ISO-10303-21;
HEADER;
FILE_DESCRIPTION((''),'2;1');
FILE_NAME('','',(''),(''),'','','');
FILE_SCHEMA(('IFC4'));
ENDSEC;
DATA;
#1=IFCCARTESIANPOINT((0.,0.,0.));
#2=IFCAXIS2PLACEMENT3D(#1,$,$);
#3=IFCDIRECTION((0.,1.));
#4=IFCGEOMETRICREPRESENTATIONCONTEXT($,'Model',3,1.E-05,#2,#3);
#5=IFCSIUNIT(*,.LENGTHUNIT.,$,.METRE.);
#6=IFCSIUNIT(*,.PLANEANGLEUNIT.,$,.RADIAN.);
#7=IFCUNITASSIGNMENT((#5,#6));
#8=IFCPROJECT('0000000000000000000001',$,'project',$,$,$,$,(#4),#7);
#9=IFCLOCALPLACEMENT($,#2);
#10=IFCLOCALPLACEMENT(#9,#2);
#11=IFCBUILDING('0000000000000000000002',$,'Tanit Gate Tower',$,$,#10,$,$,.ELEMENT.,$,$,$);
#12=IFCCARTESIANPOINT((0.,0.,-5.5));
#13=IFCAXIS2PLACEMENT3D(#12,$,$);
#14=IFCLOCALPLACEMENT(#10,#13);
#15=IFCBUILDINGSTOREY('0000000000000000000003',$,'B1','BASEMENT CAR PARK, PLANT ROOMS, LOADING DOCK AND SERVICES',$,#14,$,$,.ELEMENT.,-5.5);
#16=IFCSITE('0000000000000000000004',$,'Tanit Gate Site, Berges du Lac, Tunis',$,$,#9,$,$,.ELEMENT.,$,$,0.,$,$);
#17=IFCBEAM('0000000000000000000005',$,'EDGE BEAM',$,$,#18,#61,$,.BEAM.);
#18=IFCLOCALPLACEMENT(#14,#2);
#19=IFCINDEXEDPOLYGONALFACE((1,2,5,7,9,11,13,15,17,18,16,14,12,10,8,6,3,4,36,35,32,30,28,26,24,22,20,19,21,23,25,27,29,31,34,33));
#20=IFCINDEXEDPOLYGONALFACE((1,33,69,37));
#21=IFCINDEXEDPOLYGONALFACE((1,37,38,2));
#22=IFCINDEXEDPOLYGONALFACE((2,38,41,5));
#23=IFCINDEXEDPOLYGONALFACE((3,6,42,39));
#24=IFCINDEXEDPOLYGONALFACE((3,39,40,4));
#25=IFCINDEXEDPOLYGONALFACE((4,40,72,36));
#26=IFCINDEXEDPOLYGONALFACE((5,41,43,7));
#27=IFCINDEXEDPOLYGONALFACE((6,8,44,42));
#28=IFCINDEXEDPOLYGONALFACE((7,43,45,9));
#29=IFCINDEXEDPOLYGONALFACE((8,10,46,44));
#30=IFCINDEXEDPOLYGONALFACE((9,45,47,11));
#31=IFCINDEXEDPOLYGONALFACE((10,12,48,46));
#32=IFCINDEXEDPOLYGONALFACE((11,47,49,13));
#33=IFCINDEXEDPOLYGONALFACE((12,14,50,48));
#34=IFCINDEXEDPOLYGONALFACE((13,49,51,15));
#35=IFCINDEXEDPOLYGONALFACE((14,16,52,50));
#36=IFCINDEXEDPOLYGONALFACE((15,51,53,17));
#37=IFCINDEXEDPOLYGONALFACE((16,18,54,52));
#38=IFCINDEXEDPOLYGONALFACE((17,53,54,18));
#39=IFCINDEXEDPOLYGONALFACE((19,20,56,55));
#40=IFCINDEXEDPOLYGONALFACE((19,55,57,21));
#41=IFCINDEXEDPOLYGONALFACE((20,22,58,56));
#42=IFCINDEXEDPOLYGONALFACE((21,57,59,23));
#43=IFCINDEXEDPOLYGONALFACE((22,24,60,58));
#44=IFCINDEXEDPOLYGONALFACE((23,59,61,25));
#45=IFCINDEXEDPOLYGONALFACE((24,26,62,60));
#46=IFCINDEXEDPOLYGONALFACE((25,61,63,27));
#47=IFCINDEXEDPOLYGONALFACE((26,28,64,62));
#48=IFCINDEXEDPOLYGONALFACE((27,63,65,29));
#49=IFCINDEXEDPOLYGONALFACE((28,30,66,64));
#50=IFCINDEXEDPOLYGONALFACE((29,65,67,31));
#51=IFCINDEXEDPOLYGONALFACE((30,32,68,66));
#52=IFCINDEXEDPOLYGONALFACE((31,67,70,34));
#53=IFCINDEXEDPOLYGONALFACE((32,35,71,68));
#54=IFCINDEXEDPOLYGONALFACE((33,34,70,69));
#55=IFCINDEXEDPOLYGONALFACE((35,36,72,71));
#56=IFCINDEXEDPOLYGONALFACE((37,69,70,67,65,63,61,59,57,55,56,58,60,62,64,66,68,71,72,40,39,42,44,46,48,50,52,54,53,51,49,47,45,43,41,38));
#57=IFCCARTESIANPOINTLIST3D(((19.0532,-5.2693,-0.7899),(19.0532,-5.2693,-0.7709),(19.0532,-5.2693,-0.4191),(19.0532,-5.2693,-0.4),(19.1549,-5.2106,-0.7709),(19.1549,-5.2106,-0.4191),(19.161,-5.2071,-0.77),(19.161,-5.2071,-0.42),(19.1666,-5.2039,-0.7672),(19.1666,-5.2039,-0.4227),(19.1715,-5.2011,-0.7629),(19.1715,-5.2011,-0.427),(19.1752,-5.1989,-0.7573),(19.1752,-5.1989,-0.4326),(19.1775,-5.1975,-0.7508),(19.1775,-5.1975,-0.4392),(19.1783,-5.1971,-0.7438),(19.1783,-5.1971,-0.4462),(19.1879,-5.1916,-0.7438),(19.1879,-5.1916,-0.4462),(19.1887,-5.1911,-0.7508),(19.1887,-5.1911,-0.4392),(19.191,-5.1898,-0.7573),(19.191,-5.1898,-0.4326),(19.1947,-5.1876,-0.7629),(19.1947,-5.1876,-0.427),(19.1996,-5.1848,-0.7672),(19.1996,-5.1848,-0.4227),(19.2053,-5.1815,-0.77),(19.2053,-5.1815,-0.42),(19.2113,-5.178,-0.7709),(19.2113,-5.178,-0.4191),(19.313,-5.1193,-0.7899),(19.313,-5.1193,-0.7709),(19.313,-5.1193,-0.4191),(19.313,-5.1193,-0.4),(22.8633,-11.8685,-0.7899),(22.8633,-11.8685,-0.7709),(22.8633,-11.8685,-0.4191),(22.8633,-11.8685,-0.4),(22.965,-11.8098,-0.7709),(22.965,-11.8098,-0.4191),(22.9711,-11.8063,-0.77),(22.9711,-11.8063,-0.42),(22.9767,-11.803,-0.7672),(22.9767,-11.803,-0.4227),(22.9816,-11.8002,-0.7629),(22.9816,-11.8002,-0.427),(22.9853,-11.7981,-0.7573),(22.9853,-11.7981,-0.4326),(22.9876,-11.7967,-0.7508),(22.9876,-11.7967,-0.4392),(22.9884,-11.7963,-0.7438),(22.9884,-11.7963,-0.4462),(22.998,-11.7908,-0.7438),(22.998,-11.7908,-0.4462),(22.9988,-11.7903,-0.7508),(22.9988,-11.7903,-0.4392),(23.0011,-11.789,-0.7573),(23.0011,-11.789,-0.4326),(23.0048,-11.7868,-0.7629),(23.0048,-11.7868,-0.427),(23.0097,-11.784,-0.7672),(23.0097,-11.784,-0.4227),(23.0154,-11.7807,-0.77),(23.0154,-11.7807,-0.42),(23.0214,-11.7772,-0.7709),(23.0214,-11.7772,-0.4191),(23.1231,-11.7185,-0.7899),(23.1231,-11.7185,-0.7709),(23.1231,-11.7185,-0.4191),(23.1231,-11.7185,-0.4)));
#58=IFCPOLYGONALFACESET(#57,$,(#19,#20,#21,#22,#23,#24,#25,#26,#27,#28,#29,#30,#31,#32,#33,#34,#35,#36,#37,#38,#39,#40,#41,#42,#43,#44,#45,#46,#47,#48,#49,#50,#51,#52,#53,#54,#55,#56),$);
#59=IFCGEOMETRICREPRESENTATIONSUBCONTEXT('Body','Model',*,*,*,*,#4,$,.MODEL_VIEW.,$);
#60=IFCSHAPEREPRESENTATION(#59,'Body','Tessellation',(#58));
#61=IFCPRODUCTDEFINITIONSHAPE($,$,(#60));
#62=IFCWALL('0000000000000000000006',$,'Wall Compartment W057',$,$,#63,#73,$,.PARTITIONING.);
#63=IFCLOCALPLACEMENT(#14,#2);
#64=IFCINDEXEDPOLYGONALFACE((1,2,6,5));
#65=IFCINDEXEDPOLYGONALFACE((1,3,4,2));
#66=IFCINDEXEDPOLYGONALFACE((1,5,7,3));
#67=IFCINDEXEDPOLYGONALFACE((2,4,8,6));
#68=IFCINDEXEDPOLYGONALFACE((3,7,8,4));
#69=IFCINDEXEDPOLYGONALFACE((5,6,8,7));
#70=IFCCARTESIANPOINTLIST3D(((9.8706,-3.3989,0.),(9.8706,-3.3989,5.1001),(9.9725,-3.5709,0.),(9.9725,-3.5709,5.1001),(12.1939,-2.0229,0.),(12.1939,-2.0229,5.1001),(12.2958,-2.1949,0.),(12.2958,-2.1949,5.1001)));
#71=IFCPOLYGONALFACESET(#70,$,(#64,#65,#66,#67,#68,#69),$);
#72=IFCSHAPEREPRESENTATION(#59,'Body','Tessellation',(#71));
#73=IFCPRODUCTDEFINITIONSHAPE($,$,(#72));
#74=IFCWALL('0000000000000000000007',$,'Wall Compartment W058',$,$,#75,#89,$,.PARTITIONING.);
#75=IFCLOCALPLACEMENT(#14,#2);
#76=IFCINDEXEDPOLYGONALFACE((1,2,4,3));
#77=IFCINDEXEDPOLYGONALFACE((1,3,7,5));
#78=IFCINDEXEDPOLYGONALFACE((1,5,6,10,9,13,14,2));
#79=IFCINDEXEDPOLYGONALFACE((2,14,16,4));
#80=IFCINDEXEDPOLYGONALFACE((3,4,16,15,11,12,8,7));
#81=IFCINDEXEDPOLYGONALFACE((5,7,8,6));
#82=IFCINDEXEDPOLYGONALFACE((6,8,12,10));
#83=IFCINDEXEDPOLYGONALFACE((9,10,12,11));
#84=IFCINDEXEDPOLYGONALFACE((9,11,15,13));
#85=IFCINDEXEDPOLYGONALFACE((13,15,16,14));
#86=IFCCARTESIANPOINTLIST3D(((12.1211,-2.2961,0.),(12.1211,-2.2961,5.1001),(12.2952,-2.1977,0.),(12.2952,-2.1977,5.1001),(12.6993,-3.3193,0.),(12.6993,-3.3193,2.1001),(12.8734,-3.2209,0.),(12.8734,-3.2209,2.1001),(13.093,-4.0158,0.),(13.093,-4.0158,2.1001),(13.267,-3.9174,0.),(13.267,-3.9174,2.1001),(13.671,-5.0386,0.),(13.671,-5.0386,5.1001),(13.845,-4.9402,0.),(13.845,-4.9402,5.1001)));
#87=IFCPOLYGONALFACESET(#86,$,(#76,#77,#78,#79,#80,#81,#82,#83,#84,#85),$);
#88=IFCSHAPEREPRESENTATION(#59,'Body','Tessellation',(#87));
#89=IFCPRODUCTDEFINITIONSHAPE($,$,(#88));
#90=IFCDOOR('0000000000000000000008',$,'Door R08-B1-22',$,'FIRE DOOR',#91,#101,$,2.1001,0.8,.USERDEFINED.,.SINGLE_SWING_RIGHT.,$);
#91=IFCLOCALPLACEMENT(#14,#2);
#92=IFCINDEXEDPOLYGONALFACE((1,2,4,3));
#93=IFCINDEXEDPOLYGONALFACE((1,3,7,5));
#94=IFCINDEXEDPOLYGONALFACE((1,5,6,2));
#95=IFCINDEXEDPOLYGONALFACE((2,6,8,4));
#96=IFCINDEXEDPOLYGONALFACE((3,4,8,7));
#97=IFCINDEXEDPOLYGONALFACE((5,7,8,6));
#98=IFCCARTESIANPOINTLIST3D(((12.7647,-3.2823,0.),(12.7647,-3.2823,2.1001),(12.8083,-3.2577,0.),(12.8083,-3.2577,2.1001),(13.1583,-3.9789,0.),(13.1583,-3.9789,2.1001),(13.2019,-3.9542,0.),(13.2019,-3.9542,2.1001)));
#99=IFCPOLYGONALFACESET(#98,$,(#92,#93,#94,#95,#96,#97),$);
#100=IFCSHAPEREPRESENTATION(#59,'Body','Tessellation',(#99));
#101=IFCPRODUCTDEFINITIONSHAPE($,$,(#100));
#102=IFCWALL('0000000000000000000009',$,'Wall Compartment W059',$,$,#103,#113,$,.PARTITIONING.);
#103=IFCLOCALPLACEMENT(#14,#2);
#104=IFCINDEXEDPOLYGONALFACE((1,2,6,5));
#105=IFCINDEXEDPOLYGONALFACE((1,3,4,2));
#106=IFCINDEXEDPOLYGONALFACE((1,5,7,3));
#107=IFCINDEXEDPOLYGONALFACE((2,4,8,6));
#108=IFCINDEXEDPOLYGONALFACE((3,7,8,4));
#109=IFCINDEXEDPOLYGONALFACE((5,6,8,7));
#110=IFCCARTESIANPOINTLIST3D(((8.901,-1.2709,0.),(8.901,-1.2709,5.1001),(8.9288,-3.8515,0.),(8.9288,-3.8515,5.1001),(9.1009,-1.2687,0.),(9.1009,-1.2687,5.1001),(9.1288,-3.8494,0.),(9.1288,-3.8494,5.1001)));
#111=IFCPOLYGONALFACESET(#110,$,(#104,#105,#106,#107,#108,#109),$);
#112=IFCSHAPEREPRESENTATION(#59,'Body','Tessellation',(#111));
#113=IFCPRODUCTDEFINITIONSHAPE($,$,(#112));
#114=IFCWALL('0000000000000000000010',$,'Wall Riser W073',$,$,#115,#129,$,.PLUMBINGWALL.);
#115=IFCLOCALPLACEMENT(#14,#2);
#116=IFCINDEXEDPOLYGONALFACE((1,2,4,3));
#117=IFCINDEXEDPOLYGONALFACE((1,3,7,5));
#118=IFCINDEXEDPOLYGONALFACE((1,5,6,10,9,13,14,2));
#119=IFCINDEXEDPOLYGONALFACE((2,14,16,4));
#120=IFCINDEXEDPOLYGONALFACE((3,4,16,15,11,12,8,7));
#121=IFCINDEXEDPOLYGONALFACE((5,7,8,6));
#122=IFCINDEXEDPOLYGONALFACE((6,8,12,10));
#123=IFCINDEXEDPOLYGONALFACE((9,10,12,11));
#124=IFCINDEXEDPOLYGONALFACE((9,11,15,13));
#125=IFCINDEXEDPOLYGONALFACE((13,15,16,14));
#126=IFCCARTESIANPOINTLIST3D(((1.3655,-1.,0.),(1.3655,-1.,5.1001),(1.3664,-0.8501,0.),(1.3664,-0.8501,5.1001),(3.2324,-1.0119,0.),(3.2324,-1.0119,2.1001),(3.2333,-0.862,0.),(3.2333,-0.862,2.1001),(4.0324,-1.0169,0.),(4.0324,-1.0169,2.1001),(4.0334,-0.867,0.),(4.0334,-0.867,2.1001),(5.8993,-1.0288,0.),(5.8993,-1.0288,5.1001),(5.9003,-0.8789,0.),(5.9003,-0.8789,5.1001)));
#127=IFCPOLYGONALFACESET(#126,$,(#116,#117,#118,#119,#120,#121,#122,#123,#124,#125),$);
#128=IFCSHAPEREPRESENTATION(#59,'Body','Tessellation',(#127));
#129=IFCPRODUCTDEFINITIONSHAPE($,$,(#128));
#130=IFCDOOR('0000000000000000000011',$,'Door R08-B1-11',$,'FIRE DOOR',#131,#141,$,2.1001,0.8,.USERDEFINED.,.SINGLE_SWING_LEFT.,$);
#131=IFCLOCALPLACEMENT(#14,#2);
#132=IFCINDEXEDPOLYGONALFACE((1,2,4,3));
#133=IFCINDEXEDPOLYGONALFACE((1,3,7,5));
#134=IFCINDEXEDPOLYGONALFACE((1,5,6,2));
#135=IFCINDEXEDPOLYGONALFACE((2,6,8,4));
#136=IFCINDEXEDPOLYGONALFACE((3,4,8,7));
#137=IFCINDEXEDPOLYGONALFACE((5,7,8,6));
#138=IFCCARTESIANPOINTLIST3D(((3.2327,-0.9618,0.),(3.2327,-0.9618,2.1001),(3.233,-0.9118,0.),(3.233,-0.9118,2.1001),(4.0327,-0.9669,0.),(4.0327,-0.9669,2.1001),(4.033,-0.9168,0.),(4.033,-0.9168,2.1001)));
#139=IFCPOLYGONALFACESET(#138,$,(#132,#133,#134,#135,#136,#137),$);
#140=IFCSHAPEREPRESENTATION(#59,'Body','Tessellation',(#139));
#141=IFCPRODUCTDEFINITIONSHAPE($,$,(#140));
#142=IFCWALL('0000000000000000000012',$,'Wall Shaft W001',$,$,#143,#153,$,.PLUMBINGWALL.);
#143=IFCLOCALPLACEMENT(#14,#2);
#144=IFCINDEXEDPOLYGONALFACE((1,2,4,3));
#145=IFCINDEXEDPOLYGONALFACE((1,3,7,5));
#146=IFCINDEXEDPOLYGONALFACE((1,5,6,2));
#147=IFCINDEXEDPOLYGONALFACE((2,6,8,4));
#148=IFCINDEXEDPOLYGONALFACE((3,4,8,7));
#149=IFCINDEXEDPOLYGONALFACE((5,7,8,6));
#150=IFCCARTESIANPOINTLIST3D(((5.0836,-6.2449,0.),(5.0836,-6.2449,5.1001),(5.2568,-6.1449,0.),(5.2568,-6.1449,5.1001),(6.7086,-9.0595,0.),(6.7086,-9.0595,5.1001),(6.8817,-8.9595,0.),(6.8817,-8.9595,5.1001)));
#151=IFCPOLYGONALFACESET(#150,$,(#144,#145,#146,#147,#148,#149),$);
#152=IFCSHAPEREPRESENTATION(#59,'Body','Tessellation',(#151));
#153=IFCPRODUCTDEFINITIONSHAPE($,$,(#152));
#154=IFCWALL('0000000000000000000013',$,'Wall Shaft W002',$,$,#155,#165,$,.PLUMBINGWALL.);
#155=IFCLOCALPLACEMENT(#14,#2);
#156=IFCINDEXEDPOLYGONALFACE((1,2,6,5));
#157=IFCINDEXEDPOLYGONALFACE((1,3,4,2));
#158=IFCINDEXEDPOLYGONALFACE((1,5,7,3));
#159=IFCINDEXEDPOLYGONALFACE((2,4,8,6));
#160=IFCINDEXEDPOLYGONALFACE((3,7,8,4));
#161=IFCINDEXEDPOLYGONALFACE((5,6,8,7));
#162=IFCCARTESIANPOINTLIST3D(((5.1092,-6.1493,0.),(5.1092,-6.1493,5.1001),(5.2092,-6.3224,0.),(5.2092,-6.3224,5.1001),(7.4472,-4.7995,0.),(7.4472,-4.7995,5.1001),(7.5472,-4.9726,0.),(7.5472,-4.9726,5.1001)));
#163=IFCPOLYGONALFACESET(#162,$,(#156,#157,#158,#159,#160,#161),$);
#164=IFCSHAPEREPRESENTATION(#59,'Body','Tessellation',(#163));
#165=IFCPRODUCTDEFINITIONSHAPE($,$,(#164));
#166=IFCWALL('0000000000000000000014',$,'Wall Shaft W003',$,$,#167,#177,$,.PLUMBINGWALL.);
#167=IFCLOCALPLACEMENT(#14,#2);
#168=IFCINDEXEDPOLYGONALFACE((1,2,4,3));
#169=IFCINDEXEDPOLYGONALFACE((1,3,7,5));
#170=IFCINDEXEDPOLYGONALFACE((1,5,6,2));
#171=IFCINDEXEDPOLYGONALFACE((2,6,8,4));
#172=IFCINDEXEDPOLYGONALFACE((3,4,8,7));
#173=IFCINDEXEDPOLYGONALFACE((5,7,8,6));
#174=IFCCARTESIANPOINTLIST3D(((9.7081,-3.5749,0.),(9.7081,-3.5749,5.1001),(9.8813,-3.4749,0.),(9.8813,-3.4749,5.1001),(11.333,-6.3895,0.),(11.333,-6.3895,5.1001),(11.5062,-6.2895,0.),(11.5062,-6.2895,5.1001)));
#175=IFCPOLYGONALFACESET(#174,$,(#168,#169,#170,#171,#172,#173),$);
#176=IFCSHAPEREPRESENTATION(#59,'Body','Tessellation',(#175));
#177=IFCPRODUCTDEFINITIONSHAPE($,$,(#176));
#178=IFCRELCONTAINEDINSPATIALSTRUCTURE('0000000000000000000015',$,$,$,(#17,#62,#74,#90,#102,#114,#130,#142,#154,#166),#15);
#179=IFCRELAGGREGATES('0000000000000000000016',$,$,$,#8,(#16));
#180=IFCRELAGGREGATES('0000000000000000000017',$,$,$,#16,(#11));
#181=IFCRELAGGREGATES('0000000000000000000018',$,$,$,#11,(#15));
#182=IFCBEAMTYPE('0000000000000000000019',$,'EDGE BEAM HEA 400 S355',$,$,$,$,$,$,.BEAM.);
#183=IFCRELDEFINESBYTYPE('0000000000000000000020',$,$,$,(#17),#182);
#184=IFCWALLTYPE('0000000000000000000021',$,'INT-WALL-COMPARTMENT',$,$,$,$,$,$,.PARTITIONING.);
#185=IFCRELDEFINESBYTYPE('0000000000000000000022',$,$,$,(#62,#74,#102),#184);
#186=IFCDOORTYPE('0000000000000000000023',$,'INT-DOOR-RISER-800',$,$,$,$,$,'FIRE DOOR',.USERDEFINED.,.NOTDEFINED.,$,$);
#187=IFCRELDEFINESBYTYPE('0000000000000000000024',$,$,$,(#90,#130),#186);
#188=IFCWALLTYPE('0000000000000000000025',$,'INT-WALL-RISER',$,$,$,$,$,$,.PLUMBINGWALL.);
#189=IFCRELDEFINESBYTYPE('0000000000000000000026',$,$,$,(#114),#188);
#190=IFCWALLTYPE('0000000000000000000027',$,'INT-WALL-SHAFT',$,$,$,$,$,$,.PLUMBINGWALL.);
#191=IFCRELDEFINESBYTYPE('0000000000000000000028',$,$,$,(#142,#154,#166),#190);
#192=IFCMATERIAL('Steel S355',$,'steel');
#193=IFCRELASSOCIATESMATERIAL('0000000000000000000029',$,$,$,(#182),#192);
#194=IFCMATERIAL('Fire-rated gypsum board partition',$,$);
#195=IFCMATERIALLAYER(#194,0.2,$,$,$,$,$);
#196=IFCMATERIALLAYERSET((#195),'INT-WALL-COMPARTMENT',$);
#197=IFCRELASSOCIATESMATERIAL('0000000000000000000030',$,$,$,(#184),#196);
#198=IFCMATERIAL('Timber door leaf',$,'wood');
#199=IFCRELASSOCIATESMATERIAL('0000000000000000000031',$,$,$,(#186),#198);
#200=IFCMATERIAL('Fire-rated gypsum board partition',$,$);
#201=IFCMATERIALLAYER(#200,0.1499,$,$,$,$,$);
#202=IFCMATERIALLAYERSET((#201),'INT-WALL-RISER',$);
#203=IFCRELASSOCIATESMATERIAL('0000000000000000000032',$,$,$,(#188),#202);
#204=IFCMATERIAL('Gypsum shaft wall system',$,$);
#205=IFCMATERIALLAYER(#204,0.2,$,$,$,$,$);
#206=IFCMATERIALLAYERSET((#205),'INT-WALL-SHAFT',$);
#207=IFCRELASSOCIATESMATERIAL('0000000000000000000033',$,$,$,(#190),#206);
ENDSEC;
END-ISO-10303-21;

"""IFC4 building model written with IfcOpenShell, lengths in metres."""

from ifc_helpers import new_model, si_unit, direction, frame, frame_2d, origin, origin_2d, place, context, subcontext, project, spatial, rectangle, i_section, extrude, material, layer, layer_set, material_profile, profile_set, type_object, element, fill, save


model = new_model("IFC4")

# Units and contexts
model_context = context("Model", 3, precision=1e-05, world=origin(), true_north=direction((0.0, 1.0)))
body_context = subcontext(model_context, "Body", "Model", "MODEL_VIEW")
ifc_project = project(units=[si_unit("LENGTHUNIT", "METRE"), si_unit("PLANEANGLEUNIT", "RADIAN")], contexts=[model_context])

# Site, building, storey
site_placement = place(None, origin())
site = spatial("IfcSite", under=ifc_project, at=site_placement, Name="Tanit Gate Site, Berges du Lac, Tunis", CompositionType="ELEMENT", RefElevation=0.0)
building_placement = place(site_placement, origin())
building = spatial("IfcBuilding", under=site, at=building_placement, Name="Tanit Gate Tower", CompositionType="ELEMENT")
storey_placement = place(building_placement, frame((0.0, 0.0, -5.5)))
storey = spatial("IfcBuildingStorey", under=building, at=storey_placement, Name="B1", Description="BASEMENT CAR PARK, PLANT ROOMS, LOADING DOCK AND SERVICES", CompositionType="ELEMENT", Elevation=-5.5)

# Beam
ifc_material_1 = material(Name="Steel S355", Category="steel")
ifc_material_profile = material_profile(ifc_material_1, i_section(OverallWidth=0.3, OverallDepth=0.3899, WebThickness=0.011, FlangeThickness=0.019, FilletRadius=0.0271, at=origin_2d()), Name="HEA 400")
ifc_profile_set = profile_set([ifc_material_profile], Name="Steel S355")
beam_type = type_object("IfcBeamType", Name="EDGE BEAM HEA 400 S355", PredefinedType="BEAM", material=ifc_profile_set)
beam_placement = place(storey_placement, frame((19.1831, -5.1943, -0.595), z_axis=(0.500005, -0.866022, 0.0), x_axis=(0.866022, 0.500005, 0.0)))
element("IfcBeam", 1, at=beam_placement, inside=storey, type_object=beam_type, Name="EDGE BEAM", PredefinedType="BEAM", context=body_context, shape_type="SweptSolid", body=[
    extrude(i_section(OverallWidth=0.3, OverallDepth=0.3899, WebThickness=0.011, FlangeThickness=0.019, FilletRadius=0.0271, at=origin_2d()), origin(), (0.0, 0.0, 1.0), 7.6201),
])

# Wall
ifc_material_2 = material(Name="Fire-rated gypsum board partition")
ifc_layer_1 = layer(ifc_material_2, 0.2)
ifc_layer_set_1 = layer_set([ifc_layer_1], Name="INT-WALL-COMPARTMENT")
wall_type_1 = type_object("IfcWallType", Name="INT-WALL-COMPARTMENT", PredefinedType="PARTITIONING", material=ifc_layer_set_1)
wall_1_placement = place(storey_placement, frame((12.2449, -2.1089, 0.0), z_axis=(0.0, 0.0, 1.0), x_axis=(-0.860415, -0.509594, 0.0)))
element("IfcWall", 2, at=wall_1_placement, inside=storey, type_object=wall_type_1, Name="Wall Compartment W057", PredefinedType="PARTITIONING", context=body_context, shape_type="SweptSolid", body=[
    extrude(rectangle(XDim=2.7002, YDim=0.2, at=frame_2d((1.3501, 0.0))), origin(), (0.0, 0.0, 1.0), 5.1001),
])

# Wall, opening, door
wall_2_placement = place(storey_placement, frame((13.7581, -4.9895, 0.0), z_axis=(0.0, 0.0, 1.0), x_axis=(-0.491993, 0.870599, 0.0)))
wall_2 = element("IfcWall", 3, at=wall_2_placement, inside=storey, type_object=wall_type_1, Name="Wall Compartment W058", PredefinedType="PARTITIONING", context=body_context, shape_type="SweptSolid", body=[
    extrude(rectangle(XDim=3.1501, YDim=0.2, at=frame_2d((1.5752, 0.0))), origin(), (0.0, 0.0, 1.0), 5.1001),
])
opening_1_placement = place(wall_2_placement, frame((1.175, 0.0, 0.0)))
opening_1 = element("IfcOpeningElement", 4, at=opening_1_placement, cuts=wall_2, PredefinedType="OPENING", context=body_context, shape_type="SweptSolid", body=[
    extrude(rectangle(XDim=0.8, YDim=2.1001, at=frame_2d((0.3999, 1.05))), frame((0.0, 0.1099, 0.0), z_axis=(0.0, -1.0, 0.0), x_axis=(1.0, 0.0, 0.0)), (0.0, 0.0, 1.0), 0.22),
])
ifc_material_3 = material(Name="Timber door leaf", Category="wood")
door_type_1 = type_object("IfcDoorType", Name="INT-DOOR-RISER-800", ElementType="FIRE DOOR", OperationType="NOTDEFINED", PredefinedType="USERDEFINED", material=ifc_material_3)
door_1_placement = place(opening_1_placement, origin())
door_1 = element("IfcDoor", 5, at=door_1_placement, inside=storey, type_object=door_type_1, Name="Door R08-B1-22", ObjectType="FIRE DOOR", OperationType="SINGLE_SWING_RIGHT", OverallHeight=2.1001, OverallWidth=0.8, PredefinedType="USERDEFINED", context=body_context, shape_type="SweptSolid", body=[
    extrude(rectangle(XDim=0.8, YDim=2.1001, at=frame_2d((0.3999, 1.05))), frame((0.0, 0.0249, 0.0), z_axis=(0.0, -1.0, 0.0), x_axis=(1.0, 0.0, 0.0)), (0.0, 0.0, 1.0), 0.05),
])
fill(opening_1, door_1)

# Wall
wall_3_placement = place(storey_placement, frame((9.0288, -3.8506, 0.0), z_axis=(0.0, 0.0, 1.0), x_axis=(-0.010785, 0.999942, 0.0)))
element("IfcWall", 6, at=wall_3_placement, inside=storey, type_object=wall_type_1, Name="Wall Compartment W059", PredefinedType="PARTITIONING", context=body_context, shape_type="SweptSolid", body=[
    extrude(rectangle(XDim=2.5808, YDim=0.2, at=frame_2d((1.2905, 0.0))), origin(), (0.0, 0.0, 1.0), 5.1001),
])

# Wall, opening, door
ifc_material_4 = material(Name="Fire-rated gypsum board partition")
ifc_layer_2 = layer(ifc_material_4, 0.1499)
ifc_layer_set_2 = layer_set([ifc_layer_2], Name="INT-WALL-RISER")
wall_type_2 = type_object("IfcWallType", Name="INT-WALL-RISER", PredefinedType="PLUMBINGWALL", material=ifc_layer_set_2)
wall_4_placement = place(storey_placement, frame((5.8999, -0.9539, 0.0), z_axis=(0.0, 0.0, 1.0), x_axis=(-0.99998, 0.006354, 0.0)))
wall_4 = element("IfcWall", 7, at=wall_4_placement, inside=storey, type_object=wall_type_2, Name="Wall Riser W073", PredefinedType="PLUMBINGWALL", context=body_context, shape_type="SweptSolid", body=[
    extrude(rectangle(XDim=4.5339, YDim=0.1499, at=frame_2d((2.2671, 0.0))), origin(), (0.0, 0.0, 1.0), 5.1001),
])
opening_2_placement = place(wall_4_placement, frame((1.8672, 0.0, 0.0)))
opening_2 = element("IfcOpeningElement", 8, at=opening_2_placement, cuts=wall_4, PredefinedType="OPENING", context=body_context, shape_type="SweptSolid", body=[
    extrude(rectangle(XDim=0.8, YDim=2.1001, at=frame_2d((0.3999, 1.05))), frame((0.0, 0.085, 0.0), z_axis=(0.0, -1.0, 0.0), x_axis=(1.0, 0.0, 0.0)), (0.0, 0.0, 1.0), 0.1699),
])
door_2_placement = place(opening_2_placement, origin())
door_2 = element("IfcDoor", 9, at=door_2_placement, inside=storey, type_object=door_type_1, Name="Door R08-B1-11", ObjectType="FIRE DOOR", OperationType="SINGLE_SWING_LEFT", OverallHeight=2.1001, OverallWidth=0.8, PredefinedType="USERDEFINED", context=body_context, shape_type="SweptSolid", body=[
    extrude(rectangle(XDim=0.8, YDim=2.1001, at=frame_2d((0.3999, 1.05))), frame((0.0, 0.0249, 0.0), z_axis=(0.0, -1.0, 0.0), x_axis=(1.0, 0.0, 0.0)), (0.0, 0.0, 1.0), 0.05),
])
fill(opening_2, door_2)

# Walls
ifc_material_5 = material(Name="Gypsum shaft wall system")
ifc_layer_3 = layer(ifc_material_5, 0.2)
ifc_layer_set_3 = layer_set([ifc_layer_3], Name="INT-WALL-SHAFT")
wall_type_3 = type_object("IfcWallType", Name="INT-WALL-SHAFT", PredefinedType="PLUMBINGWALL", material=ifc_layer_set_3)
wall_5_placement = place(storey_placement, frame((6.7952, -9.0095, 0.0), z_axis=(0.0, 0.0, 1.0), x_axis=(-0.499985, 0.866034, 0.0)))
element("IfcWall", 10, at=wall_5_placement, inside=storey, type_object=wall_type_3, Name="Wall Shaft W001", PredefinedType="PLUMBINGWALL", context=body_context, shape_type="SweptSolid", body=[
    extrude(rectangle(XDim=3.25, YDim=0.2, at=frame_2d((1.625, 0.0))), origin(), (0.0, 0.0, 1.0), 5.1001),
])
wall_6_placement = place(storey_placement, frame((5.1592, -6.2358, 0.0), z_axis=(0.0, 0.0, 1.0), x_axis=(0.866037, 0.499981, 0.0)))
element("IfcWall", 11, at=wall_6_placement, inside=storey, type_object=wall_type_3, Name="Wall Shaft W002", PredefinedType="PLUMBINGWALL", context=body_context, shape_type="SweptSolid", body=[
    extrude(rectangle(XDim=2.6997, YDim=0.2, at=frame_2d((1.3499, 0.0))), origin(), (0.0, 0.0, 1.0), 5.1001),
])
wall_7_placement = place(storey_placement, frame((9.7947, -3.5249, 0.0), z_axis=(0.0, 0.0, 1.0), x_axis=(0.499985, -0.866034, 0.0)))
element("IfcWall", 12, at=wall_7_placement, inside=storey, type_object=wall_type_3, Name="Wall Shaft W003", PredefinedType="PLUMBINGWALL", context=body_context, shape_type="SweptSolid", body=[
    extrude(rectangle(XDim=3.25, YDim=0.2, at=frame_2d((1.625, 0.0))), origin(), (0.0, 0.0, 1.0), 5.1001),
])

save(model, "model.ifc")
